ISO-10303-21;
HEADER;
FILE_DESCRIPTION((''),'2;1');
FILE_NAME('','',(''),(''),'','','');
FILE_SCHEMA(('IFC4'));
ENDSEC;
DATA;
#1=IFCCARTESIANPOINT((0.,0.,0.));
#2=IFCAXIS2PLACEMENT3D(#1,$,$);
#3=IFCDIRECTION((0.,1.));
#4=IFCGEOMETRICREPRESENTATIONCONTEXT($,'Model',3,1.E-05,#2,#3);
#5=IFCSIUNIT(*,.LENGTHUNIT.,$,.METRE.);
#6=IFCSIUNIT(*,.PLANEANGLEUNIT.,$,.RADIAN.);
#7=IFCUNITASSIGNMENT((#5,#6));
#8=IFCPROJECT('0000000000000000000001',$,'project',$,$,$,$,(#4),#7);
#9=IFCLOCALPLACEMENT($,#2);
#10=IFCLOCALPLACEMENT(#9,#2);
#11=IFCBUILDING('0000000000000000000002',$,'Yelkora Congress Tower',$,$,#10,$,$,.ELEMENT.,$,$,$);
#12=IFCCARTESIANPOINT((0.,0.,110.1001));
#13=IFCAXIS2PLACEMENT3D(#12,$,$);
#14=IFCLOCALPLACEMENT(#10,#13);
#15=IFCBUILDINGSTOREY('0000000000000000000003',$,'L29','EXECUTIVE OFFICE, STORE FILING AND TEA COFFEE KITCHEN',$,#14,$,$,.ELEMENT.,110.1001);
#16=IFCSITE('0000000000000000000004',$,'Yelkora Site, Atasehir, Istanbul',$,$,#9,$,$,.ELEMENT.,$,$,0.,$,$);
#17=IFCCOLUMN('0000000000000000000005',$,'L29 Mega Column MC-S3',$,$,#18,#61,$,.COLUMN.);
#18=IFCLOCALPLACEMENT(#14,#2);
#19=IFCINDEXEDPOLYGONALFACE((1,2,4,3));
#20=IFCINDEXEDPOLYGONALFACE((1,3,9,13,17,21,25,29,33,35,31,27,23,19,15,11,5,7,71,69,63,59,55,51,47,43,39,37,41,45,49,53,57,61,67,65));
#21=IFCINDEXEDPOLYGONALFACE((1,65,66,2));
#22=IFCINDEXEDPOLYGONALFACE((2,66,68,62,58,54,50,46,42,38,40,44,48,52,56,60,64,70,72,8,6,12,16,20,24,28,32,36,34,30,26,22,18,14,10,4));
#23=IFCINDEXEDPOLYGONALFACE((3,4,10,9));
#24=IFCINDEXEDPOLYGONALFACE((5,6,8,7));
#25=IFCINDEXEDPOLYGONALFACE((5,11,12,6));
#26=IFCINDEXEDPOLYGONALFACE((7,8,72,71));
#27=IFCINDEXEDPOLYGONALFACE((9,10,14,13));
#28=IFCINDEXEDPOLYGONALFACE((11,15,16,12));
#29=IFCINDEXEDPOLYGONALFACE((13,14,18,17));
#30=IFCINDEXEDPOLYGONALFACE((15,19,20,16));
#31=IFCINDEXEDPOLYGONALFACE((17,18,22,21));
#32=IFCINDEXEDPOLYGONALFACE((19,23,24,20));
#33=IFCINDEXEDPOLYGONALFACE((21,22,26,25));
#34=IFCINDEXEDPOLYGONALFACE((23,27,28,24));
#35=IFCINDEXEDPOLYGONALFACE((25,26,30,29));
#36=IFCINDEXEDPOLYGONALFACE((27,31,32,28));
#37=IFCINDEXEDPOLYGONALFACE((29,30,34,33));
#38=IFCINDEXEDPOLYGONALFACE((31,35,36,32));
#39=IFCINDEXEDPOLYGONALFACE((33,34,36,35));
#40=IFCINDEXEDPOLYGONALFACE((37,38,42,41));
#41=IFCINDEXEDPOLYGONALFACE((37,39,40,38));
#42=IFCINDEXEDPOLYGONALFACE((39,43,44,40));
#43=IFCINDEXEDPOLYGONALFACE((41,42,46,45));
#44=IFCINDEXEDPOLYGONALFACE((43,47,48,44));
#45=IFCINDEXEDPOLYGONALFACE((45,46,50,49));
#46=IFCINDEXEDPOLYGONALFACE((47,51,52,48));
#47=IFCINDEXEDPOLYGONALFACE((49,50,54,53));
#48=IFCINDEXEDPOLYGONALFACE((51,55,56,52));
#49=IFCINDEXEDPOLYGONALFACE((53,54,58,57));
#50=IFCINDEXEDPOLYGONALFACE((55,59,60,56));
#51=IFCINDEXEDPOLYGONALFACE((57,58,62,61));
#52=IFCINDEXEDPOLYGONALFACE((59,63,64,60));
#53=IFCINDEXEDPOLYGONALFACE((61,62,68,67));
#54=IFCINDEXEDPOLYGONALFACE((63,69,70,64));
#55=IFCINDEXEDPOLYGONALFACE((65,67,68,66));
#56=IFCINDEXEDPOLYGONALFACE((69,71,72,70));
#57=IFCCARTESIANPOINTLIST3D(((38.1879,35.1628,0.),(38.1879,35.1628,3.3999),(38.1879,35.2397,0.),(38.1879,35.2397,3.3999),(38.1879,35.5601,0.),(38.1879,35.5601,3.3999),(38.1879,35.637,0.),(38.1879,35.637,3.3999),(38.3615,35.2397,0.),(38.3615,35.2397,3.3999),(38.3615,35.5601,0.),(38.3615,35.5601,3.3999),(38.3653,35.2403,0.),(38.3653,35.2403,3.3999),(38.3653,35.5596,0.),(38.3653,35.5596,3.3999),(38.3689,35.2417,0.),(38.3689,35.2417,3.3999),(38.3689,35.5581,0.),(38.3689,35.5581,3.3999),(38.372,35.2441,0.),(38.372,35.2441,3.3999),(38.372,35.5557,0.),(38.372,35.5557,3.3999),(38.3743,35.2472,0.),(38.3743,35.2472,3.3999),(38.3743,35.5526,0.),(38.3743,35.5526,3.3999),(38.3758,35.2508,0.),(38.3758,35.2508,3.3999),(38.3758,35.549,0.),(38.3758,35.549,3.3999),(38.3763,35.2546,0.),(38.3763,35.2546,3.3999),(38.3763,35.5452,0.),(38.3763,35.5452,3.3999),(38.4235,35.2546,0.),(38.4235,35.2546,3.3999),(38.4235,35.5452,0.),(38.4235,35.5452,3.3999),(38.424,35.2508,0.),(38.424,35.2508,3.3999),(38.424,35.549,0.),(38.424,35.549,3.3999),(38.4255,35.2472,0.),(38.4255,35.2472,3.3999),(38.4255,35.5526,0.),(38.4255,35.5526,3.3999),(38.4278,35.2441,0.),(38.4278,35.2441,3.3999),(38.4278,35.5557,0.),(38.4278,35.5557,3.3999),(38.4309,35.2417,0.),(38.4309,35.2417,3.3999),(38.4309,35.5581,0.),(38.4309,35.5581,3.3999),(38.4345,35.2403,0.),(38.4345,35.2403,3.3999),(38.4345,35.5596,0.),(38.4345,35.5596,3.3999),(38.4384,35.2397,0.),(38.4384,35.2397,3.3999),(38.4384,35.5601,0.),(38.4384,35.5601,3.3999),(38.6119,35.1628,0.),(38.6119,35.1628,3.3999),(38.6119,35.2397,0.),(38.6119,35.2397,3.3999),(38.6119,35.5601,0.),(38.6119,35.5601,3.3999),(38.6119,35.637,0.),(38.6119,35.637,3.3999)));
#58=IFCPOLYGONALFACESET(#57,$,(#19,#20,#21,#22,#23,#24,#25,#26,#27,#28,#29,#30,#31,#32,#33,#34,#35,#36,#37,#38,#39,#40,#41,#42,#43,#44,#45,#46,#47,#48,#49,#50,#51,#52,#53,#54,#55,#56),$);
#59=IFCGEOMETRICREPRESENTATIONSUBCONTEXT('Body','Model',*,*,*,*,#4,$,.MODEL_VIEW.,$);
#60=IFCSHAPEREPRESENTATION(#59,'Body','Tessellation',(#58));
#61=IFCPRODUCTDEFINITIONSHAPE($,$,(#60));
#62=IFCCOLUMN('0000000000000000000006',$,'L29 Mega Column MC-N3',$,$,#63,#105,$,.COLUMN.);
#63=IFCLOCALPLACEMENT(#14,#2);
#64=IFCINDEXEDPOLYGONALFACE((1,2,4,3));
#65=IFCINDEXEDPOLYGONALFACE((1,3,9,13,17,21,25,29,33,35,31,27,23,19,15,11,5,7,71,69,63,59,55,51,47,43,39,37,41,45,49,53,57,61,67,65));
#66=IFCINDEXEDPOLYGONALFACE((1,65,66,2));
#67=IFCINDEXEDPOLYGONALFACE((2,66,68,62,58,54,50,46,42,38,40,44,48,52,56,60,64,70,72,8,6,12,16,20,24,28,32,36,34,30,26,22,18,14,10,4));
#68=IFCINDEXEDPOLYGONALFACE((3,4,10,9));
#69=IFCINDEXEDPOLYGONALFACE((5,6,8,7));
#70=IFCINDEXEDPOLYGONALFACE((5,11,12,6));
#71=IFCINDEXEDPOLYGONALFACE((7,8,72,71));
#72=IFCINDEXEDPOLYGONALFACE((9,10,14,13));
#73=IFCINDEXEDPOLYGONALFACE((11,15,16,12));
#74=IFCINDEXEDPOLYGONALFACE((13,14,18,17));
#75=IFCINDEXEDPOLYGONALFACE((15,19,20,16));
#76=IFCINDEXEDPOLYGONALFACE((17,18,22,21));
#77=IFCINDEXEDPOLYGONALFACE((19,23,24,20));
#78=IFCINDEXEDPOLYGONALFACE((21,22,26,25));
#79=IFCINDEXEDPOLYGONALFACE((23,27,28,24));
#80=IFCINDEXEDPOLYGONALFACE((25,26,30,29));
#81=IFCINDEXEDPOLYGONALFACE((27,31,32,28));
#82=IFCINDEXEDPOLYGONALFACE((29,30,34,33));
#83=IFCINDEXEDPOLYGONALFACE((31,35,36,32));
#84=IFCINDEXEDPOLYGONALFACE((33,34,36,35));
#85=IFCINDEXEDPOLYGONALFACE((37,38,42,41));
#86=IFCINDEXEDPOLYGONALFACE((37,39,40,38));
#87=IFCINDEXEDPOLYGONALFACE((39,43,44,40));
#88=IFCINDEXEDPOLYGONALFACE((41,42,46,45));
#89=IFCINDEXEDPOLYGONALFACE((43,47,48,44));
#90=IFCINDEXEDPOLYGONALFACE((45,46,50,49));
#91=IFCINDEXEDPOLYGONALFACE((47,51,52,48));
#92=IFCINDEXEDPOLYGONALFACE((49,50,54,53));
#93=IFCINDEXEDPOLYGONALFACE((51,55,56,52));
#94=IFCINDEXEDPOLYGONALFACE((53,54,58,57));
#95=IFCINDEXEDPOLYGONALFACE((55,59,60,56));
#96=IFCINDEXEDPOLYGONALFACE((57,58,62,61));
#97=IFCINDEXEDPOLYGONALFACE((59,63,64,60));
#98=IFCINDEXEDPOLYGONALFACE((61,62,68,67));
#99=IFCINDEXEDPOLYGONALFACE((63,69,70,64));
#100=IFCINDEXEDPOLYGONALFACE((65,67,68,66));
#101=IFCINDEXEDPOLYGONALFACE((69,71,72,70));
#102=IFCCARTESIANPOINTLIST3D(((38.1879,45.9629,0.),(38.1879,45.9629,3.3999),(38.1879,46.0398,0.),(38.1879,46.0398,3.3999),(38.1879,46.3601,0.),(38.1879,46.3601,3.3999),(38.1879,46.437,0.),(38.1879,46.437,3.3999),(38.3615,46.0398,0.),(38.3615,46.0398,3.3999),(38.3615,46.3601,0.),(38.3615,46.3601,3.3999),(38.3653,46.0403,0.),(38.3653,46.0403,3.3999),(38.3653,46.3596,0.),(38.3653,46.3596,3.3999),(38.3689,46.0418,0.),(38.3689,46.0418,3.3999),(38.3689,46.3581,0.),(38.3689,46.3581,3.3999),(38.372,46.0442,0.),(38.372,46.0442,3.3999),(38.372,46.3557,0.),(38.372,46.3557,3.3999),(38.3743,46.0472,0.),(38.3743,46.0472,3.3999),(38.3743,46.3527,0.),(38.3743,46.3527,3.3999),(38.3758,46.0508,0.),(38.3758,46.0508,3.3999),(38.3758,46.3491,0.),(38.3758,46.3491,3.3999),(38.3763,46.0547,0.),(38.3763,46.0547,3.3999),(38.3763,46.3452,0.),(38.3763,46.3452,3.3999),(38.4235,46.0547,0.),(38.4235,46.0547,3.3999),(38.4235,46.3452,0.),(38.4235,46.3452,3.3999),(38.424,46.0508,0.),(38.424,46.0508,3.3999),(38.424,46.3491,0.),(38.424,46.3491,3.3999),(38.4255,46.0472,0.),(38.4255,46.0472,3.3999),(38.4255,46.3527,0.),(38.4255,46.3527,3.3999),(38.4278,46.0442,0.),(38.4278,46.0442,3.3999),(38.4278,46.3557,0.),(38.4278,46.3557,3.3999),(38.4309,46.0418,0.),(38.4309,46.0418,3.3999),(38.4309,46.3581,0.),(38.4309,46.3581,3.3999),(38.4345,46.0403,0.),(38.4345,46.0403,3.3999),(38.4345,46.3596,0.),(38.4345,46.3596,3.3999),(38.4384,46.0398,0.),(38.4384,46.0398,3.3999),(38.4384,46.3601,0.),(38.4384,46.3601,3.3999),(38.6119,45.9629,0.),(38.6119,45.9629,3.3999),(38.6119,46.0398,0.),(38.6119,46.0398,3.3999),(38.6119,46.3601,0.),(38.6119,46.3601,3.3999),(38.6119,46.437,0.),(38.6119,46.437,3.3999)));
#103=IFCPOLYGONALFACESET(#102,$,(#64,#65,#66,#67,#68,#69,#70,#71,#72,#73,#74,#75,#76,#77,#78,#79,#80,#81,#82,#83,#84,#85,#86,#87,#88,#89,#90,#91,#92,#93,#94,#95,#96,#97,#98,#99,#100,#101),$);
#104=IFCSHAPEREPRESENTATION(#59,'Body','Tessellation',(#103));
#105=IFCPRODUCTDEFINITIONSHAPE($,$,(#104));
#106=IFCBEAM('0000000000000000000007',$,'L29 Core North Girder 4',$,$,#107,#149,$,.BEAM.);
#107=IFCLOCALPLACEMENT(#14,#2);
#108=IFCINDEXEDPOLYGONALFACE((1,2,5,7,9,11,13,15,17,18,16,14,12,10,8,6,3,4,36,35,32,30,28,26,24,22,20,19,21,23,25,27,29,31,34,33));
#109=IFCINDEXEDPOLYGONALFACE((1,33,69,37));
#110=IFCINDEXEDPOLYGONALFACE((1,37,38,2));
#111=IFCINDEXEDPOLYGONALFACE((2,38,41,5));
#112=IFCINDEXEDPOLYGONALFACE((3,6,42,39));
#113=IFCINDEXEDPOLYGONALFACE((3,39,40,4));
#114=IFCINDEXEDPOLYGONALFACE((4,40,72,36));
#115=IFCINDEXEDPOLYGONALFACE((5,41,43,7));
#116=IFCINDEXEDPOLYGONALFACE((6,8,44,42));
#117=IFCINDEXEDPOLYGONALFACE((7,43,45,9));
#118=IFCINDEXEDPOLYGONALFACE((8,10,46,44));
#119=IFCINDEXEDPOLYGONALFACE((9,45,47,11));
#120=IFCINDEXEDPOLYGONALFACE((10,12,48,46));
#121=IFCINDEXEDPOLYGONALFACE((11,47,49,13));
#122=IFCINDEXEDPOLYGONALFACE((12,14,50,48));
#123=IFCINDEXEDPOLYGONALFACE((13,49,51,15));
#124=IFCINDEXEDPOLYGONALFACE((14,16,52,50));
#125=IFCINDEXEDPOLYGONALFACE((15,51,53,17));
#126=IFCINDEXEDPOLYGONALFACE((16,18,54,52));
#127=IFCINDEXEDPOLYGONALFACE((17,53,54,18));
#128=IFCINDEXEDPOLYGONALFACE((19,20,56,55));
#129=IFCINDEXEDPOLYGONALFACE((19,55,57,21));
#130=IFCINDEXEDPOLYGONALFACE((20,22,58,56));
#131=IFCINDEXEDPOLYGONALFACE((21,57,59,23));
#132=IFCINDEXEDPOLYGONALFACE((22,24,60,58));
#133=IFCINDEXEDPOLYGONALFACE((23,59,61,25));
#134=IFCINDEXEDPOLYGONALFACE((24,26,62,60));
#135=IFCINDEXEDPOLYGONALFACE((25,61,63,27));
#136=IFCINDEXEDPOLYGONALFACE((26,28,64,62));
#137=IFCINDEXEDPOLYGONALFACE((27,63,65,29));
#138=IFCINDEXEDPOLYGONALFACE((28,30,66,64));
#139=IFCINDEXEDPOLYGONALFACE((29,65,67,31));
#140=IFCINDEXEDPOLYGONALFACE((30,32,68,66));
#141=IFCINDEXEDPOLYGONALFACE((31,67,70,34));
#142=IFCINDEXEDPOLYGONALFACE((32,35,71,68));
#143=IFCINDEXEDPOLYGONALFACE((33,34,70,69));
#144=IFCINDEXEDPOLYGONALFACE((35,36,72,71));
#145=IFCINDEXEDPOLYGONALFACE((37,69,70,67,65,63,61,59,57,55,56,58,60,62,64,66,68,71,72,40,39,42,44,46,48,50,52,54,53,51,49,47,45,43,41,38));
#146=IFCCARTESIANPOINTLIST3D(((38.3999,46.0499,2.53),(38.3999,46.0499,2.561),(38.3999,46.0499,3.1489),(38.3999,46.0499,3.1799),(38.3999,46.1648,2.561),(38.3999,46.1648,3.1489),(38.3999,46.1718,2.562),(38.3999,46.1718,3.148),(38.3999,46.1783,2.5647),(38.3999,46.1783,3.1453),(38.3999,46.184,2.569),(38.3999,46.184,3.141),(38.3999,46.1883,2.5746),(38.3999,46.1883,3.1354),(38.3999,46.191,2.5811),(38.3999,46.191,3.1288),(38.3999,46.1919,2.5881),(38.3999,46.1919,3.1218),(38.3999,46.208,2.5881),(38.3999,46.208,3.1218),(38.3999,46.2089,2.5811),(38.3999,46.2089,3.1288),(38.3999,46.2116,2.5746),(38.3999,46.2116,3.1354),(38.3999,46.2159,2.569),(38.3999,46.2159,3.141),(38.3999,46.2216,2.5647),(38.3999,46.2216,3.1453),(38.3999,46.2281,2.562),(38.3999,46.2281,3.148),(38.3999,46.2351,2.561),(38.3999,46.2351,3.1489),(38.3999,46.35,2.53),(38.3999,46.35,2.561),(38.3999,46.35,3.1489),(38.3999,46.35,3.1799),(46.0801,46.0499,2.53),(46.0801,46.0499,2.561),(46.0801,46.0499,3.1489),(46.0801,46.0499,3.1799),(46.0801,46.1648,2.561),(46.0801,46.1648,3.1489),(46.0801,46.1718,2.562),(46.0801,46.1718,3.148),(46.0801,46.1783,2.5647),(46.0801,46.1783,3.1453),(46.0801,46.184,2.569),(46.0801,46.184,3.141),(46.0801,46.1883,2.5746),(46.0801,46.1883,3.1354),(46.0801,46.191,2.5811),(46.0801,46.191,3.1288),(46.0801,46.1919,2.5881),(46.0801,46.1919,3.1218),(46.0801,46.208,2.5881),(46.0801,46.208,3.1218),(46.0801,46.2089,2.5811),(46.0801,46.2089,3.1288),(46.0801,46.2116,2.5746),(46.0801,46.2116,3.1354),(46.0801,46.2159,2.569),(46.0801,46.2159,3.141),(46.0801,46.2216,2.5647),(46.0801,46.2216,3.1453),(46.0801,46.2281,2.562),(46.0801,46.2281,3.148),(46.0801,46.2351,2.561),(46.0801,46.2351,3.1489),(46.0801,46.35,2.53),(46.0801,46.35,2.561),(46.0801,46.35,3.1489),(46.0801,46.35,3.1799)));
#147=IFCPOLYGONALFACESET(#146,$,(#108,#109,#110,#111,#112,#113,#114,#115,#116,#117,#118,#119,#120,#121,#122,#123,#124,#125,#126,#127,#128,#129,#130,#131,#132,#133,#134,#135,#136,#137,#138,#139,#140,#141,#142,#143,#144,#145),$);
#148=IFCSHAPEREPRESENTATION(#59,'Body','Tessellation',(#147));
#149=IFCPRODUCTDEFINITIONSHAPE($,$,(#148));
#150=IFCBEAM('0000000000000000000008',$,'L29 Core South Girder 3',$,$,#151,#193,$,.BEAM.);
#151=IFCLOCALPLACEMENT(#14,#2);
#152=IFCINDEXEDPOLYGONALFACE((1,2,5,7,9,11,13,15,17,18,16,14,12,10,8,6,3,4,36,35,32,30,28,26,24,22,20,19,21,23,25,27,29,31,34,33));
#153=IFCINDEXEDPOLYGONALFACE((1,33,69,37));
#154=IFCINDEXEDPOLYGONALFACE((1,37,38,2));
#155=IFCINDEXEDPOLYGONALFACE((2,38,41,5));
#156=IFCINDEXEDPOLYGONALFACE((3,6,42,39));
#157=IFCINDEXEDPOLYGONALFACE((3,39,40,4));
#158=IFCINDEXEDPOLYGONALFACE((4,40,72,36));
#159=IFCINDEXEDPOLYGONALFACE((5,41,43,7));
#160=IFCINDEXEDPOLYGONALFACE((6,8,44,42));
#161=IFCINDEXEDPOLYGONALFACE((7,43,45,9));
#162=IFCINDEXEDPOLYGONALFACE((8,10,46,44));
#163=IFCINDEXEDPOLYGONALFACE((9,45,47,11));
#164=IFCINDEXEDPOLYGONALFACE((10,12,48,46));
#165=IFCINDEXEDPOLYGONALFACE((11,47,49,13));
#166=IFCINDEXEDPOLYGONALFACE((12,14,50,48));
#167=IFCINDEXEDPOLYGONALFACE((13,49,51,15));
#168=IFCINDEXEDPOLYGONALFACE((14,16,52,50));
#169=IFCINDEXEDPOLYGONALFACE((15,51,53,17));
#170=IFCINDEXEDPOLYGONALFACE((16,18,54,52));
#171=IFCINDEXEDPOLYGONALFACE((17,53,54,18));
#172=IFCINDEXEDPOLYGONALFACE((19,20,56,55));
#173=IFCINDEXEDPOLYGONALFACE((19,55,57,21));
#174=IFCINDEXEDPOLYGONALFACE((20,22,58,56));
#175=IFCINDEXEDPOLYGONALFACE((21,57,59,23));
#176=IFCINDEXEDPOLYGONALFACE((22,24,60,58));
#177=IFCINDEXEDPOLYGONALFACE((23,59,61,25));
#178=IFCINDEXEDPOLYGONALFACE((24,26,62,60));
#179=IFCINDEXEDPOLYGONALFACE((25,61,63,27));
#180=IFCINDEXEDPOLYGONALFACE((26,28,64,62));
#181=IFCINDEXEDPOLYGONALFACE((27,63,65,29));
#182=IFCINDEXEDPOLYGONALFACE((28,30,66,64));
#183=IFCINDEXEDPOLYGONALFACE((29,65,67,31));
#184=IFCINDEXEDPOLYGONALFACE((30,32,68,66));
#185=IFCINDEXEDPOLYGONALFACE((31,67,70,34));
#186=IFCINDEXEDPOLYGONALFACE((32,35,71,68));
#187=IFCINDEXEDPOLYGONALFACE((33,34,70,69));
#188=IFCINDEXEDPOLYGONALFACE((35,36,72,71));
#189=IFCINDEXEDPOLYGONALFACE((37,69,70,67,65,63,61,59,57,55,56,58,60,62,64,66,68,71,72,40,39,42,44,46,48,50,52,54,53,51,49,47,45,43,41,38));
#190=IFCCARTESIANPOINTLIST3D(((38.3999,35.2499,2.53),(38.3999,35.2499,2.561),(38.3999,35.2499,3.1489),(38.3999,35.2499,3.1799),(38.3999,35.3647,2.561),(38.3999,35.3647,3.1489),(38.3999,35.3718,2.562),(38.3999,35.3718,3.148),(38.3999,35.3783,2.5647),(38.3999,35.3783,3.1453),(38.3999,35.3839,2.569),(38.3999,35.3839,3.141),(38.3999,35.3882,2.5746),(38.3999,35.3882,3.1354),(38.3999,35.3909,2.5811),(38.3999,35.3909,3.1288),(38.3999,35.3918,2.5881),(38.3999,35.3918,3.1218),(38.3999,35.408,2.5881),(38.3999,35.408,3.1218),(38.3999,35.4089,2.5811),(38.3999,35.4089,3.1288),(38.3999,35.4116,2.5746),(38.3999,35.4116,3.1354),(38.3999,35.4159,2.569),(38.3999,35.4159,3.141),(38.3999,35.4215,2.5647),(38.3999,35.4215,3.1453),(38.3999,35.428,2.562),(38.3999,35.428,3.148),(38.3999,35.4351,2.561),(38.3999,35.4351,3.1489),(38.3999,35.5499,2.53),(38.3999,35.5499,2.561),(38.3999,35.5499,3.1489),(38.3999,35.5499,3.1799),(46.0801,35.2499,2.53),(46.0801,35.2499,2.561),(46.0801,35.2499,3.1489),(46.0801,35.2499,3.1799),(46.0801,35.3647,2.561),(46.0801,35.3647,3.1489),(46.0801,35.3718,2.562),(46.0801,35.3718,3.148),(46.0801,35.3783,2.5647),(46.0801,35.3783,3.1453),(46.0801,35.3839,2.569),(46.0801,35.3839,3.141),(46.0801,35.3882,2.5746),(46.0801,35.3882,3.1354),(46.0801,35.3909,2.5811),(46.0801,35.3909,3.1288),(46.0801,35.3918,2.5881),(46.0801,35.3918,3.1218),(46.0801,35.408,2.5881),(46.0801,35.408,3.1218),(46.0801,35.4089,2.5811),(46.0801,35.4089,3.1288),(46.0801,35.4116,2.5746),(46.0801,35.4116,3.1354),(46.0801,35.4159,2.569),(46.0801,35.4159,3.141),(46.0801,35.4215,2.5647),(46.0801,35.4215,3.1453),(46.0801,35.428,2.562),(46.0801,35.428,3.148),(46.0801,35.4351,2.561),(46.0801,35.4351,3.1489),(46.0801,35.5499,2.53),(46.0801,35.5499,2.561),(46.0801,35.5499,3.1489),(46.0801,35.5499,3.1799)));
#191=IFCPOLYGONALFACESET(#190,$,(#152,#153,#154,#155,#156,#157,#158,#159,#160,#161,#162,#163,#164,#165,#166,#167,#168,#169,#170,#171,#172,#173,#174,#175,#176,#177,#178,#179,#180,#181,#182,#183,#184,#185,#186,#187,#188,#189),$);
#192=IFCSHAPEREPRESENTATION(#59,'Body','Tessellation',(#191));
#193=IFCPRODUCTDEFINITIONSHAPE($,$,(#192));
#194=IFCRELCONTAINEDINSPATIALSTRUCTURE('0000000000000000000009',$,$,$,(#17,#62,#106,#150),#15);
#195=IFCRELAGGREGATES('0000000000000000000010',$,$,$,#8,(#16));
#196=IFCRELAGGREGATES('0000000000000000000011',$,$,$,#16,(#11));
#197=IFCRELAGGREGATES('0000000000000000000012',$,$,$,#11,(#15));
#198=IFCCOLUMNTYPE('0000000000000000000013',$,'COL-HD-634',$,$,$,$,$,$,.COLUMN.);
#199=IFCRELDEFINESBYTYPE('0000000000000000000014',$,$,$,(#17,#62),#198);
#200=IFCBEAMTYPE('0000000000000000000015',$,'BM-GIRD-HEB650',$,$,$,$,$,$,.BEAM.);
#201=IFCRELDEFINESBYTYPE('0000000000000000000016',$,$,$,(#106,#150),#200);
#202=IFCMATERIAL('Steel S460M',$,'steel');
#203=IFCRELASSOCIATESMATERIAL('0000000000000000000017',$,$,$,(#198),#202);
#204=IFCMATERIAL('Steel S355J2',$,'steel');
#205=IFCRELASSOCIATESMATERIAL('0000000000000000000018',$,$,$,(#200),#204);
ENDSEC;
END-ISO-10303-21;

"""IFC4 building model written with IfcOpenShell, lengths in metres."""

from ifc_helpers import new_model, si_unit, direction, frame, origin, origin_2d, place, context, subcontext, project, spatial, i_section, extrude, material, material_profile, profile_set, type_object, element, save


model = new_model("IFC4")

# Units and contexts
model_context = context("Model", 3, precision=1e-05, world=origin(), true_north=direction((0.0, 1.0)))
body_context = subcontext(model_context, "Body", "Model", "MODEL_VIEW")
ifc_project = project(units=[si_unit("LENGTHUNIT", "METRE"), si_unit("PLANEANGLEUNIT", "RADIAN")], contexts=[model_context])

# Site, building, storey
site_placement = place(None, origin())
site = spatial("IfcSite", under=ifc_project, at=site_placement, Name="Yelkora Site, Atasehir, Istanbul", CompositionType="ELEMENT", RefElevation=0.0)
building_placement = place(site_placement, origin())
building = spatial("IfcBuilding", under=site, at=building_placement, Name="Yelkora Congress Tower", CompositionType="ELEMENT")
storey_placement = place(building_placement, frame((0.0, 0.0, 110.1001)))
storey = spatial("IfcBuildingStorey", under=building, at=storey_placement, Name="L29", Description="EXECUTIVE OFFICE, STORE FILING AND TEA COFFEE KITCHEN", CompositionType="ELEMENT", Elevation=110.1001)

# Columns
ifc_material_1 = material(Name="Steel S460M", Category="steel")
ifc_material_profile_1 = material_profile(ifc_material_1, i_section(OverallWidth=0.4241, OverallDepth=0.4741, WebThickness=0.0471, FlangeThickness=0.0769, FilletRadius=0.0149, at=origin_2d()), Name="HD 400x634")
ifc_profile_set_1 = profile_set([ifc_material_profile_1], Name="Steel S460M")
column_type = type_object("IfcColumnType", Name="COL-HD-634", PredefinedType="COLUMN", material=ifc_profile_set_1)
for number, where, z_axis, x_axis, name in (
    (1, (38.3999, 35.3999, 0.0), (0.0, 0.0, 1.0), (1.0, 0.0, 0.0), "L29 Mega Column MC-S3"),
    (2, (38.3999, 46.2, 0.0), (0.0, 0.0, 1.0), (1.0, 0.0, 0.0), "L29 Mega Column MC-N3"),
):
    element("IfcColumn", number, at=place(storey_placement, frame(where, z_axis=z_axis, x_axis=x_axis)), inside=storey, type_object=column_type, Name=name, PredefinedType="COLUMN", context=body_context, shape_type="SweptSolid", body=[
        extrude(i_section(OverallWidth=0.4241, OverallDepth=0.4741, WebThickness=0.0471, FlangeThickness=0.0769, FilletRadius=0.0149, at=origin_2d()), origin(), (0.0, 0.0, 1.0), 3.3999),
    ])

# Beams
ifc_material_2 = material(Name="Steel S355J2", Category="steel")
ifc_material_profile_2 = material_profile(ifc_material_2, i_section(OverallWidth=0.3, OverallDepth=0.6499, WebThickness=0.0161, FlangeThickness=0.031, FilletRadius=0.0271, at=origin_2d()), Name="HEB 650")
ifc_profile_set_2 = profile_set([ifc_material_profile_2], Name="Steel S355J2")
beam_type = type_object("IfcBeamType", Name="BM-GIRD-HEB650", PredefinedType="BEAM", material=ifc_profile_set_2)
for number, where, z_axis, x_axis, name in (
    (3, (38.3999, 46.2, 2.855), (1.0, 0.0, 0.0), (0.0, 1.0, 0.0), "L29 Core North Girder 4"),
    (4, (38.3999, 35.3999, 2.855), (1.0, 0.0, 0.0), (0.0, 1.0, 0.0), "L29 Core South Girder 3"),
):
    element("IfcBeam", number, at=place(storey_placement, frame(where, z_axis=z_axis, x_axis=x_axis)), inside=storey, type_object=beam_type, Name=name, PredefinedType="BEAM", context=body_context, shape_type="SweptSolid", body=[
        extrude(i_section(OverallWidth=0.3, OverallDepth=0.6499, WebThickness=0.0161, FlangeThickness=0.031, FilletRadius=0.0271, at=origin_2d()), origin(), (0.0, 0.0, 1.0), 7.6802),
    ])

save(model, "model.ifc")
